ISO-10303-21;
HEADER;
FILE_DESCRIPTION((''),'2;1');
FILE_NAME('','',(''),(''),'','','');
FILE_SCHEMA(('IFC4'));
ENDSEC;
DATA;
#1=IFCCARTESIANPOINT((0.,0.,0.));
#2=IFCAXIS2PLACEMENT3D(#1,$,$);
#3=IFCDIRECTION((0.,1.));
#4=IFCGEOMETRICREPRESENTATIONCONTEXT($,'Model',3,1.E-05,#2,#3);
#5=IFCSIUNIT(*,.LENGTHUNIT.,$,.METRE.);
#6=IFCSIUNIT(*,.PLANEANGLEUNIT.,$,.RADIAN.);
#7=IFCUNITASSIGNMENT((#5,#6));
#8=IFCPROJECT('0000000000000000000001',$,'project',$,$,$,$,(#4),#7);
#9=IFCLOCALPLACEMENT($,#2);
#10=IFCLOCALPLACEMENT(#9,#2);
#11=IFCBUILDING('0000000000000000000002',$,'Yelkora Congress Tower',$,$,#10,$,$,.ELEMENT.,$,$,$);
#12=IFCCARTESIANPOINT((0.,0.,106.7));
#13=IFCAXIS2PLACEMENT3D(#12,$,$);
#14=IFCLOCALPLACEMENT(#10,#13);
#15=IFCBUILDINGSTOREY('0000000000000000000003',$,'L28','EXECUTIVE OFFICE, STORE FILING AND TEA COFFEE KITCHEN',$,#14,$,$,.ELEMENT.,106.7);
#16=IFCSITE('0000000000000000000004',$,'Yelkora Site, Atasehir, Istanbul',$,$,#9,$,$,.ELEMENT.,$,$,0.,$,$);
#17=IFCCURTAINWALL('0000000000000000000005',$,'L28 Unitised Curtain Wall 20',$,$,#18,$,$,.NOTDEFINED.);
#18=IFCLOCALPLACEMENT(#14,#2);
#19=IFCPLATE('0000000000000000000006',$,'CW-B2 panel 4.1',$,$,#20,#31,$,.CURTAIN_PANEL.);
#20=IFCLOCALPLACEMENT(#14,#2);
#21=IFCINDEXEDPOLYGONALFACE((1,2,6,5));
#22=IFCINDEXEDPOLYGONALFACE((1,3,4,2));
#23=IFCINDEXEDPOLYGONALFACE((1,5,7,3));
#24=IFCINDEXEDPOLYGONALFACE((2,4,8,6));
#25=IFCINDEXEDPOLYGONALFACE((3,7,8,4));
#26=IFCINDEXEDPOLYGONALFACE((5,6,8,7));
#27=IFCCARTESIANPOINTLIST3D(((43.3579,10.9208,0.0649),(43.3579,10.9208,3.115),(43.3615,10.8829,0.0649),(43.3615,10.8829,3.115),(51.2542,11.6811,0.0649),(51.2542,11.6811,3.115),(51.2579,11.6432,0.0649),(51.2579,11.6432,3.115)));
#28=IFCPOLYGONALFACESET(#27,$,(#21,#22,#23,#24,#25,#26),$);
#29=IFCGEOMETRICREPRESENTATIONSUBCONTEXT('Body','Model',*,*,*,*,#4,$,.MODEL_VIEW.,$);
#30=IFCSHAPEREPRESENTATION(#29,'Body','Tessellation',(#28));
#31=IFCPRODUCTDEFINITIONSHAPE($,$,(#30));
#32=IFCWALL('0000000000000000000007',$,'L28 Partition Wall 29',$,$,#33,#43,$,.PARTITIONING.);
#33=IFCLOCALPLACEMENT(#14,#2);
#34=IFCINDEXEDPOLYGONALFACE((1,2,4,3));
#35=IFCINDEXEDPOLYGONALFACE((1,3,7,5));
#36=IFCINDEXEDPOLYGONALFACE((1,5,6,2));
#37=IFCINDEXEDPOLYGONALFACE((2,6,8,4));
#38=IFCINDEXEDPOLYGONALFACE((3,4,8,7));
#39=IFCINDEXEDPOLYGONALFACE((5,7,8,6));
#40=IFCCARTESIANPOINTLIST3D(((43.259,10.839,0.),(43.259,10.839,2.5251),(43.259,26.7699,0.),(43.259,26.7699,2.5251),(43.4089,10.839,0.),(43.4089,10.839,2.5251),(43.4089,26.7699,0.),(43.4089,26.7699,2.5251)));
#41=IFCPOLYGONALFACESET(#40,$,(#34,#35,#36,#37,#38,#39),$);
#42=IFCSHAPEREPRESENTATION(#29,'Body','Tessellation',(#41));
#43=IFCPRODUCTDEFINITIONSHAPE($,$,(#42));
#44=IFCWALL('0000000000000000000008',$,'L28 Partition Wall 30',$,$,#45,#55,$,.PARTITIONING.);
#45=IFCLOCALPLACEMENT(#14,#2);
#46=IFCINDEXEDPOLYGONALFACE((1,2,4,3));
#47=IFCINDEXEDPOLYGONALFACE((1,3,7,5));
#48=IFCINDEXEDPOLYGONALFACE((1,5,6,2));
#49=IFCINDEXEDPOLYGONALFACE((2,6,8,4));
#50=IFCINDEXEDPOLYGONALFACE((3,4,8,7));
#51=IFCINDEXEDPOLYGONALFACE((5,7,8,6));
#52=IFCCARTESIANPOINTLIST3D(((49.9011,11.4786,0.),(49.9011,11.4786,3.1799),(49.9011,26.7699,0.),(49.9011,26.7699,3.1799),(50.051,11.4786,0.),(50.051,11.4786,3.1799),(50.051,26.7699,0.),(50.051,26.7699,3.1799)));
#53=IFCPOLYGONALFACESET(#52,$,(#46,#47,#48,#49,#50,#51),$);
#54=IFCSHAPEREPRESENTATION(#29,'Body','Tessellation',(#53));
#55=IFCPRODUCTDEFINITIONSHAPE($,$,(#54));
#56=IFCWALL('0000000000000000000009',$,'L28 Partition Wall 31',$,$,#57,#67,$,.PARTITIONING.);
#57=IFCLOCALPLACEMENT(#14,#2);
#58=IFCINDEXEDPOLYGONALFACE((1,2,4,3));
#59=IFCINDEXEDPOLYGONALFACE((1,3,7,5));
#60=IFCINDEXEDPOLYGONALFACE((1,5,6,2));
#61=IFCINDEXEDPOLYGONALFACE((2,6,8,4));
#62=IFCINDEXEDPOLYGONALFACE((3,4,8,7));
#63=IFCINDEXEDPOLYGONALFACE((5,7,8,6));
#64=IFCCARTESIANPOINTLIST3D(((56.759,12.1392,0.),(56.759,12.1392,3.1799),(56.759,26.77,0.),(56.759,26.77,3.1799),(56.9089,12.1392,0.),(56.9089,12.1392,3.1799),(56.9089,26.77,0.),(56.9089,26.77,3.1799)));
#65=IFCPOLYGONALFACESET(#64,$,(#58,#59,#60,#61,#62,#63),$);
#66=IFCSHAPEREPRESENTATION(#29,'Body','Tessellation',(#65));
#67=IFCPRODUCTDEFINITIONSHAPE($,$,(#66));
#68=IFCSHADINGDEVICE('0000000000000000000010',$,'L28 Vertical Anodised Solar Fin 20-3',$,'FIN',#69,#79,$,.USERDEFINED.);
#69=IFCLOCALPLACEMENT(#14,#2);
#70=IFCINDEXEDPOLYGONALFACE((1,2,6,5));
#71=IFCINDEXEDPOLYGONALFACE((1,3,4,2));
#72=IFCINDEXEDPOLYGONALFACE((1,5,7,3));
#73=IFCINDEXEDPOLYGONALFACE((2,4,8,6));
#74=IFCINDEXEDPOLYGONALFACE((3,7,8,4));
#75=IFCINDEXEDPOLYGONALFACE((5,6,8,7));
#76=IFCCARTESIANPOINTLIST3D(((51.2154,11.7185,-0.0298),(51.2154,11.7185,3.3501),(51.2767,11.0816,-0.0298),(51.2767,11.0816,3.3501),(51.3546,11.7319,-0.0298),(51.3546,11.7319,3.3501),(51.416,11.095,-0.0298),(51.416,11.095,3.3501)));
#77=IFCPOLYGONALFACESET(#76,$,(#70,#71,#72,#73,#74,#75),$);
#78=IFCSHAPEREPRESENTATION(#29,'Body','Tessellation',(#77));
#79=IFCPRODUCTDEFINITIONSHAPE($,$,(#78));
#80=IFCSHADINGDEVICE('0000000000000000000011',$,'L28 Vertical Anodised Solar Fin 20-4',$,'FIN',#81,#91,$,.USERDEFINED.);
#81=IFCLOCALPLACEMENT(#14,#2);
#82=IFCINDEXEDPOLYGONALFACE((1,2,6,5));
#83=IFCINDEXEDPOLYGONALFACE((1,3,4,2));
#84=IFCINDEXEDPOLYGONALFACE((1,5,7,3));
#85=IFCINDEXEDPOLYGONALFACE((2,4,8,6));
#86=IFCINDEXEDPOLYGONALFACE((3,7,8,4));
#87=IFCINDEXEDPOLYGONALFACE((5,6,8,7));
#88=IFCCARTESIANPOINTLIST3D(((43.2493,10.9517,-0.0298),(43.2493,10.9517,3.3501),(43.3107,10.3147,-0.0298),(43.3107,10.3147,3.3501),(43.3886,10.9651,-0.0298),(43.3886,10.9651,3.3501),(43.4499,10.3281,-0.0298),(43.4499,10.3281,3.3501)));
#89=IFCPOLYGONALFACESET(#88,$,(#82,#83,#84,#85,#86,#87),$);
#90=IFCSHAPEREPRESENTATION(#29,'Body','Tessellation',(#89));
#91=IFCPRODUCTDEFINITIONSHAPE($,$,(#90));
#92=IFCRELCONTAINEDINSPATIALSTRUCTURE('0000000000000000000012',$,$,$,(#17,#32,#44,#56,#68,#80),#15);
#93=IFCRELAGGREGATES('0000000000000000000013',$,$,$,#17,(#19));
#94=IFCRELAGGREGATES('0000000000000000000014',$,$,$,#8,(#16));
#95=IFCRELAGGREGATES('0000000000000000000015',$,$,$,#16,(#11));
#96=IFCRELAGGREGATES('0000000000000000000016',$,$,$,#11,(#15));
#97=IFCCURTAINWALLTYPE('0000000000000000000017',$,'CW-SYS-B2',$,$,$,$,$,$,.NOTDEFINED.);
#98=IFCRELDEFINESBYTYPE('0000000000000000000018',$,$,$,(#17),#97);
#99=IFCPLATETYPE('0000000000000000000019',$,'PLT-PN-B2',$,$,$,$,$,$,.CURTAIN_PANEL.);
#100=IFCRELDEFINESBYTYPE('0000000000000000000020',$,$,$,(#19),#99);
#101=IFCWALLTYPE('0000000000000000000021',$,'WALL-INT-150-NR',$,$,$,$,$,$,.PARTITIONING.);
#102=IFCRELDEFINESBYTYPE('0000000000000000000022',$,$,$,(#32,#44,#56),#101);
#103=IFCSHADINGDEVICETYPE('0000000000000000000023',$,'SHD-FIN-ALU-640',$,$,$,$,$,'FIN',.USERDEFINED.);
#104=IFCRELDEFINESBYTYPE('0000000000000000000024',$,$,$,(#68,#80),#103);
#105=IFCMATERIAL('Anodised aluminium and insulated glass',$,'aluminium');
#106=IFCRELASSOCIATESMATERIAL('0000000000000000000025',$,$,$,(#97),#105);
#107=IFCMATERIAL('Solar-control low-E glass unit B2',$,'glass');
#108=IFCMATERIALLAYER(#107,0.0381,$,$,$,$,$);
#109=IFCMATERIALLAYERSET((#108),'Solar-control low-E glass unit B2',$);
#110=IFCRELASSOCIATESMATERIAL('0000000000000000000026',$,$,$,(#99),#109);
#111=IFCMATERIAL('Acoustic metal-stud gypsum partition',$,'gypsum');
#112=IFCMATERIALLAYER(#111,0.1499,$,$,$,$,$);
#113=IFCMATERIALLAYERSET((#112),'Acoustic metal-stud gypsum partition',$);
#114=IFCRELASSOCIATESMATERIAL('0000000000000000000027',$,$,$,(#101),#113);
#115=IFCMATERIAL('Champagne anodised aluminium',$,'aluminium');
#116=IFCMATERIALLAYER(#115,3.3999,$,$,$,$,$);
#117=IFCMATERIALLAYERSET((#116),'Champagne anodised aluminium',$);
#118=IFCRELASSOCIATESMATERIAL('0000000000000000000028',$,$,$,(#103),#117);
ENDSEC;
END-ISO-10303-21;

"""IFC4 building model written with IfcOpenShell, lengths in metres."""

from ifc_helpers import new_model, si_unit, direction, frame, frame_2d, origin, origin_2d, place, context, subcontext, project, spatial, rectangle, extrude, material, layer, layer_set, type_object, element, aggregate, save


model = new_model("IFC4")

# Units and contexts
model_context = context("Model", 3, precision=1e-05, world=origin(), true_north=direction((0.0, 1.0)))
body_context = subcontext(model_context, "Body", "Model", "MODEL_VIEW")
ifc_project = project(units=[si_unit("LENGTHUNIT", "METRE"), si_unit("PLANEANGLEUNIT", "RADIAN")], contexts=[model_context])

# Site, building, storey
site_placement = place(None, origin())
site = spatial("IfcSite", under=ifc_project, at=site_placement, Name="Yelkora Site, Atasehir, Istanbul", CompositionType="ELEMENT", RefElevation=0.0)
building_placement = place(site_placement, origin())
building = spatial("IfcBuilding", under=site, at=building_placement, Name="Yelkora Congress Tower", CompositionType="ELEMENT")
storey_placement = place(building_placement, frame((0.0, 0.0, 106.7)))
storey = spatial("IfcBuildingStorey", under=building, at=storey_placement, Name="L28", Description="EXECUTIVE OFFICE, STORE FILING AND TEA COFFEE KITCHEN", CompositionType="ELEMENT", Elevation=106.7)

# Curtain wall, plate
ifc_material_1 = material(Name="Anodised aluminium and insulated glass", Category="aluminium")
curtain_wall_type = type_object("IfcCurtainWallType", Name="CW-SYS-B2", PredefinedType="NOTDEFINED", material=ifc_material_1)
curtain_wall_placement = place(storey_placement, origin())
curtain_wall = element("IfcCurtainWall", 1, at=curtain_wall_placement, inside=storey, type_object=curtain_wall_type, Name="L28 Unitised Curtain Wall 20", PredefinedType="NOTDEFINED")
ifc_material_2 = material(Name="Solar-control low-E glass unit B2", Category="glass")
ifc_layer_1 = layer(ifc_material_2, 0.0381)
ifc_layer_set_1 = layer_set([ifc_layer_1], Name="Solar-control low-E glass unit B2")
plate_type = type_object("IfcPlateType", Name="PLT-PN-B2", PredefinedType="CURTAIN_PANEL", material=ifc_layer_set_1)
plate_1_placement = place(storey_placement, frame((47.3079, 11.282, 0.0649), z_axis=(0.0, 0.0, 1.0), x_axis=(-0.995396, -0.095844, 0.0)))
plate_1 = element("IfcPlate", 2, at=plate_1_placement, type_object=plate_type, Name="CW-B2 panel 4.1", PredefinedType="CURTAIN_PANEL", context=body_context, shape_type="SweptSolid", body=[
    extrude(rectangle(XDim=7.9329, YDim=0.0381, at=origin_2d()), origin(), (0.0, 0.0, 1.0), 3.05),
])
aggregate(curtain_wall, [plate_1])

# Walls
ifc_material_3 = material(Name="Acoustic metal-stud gypsum partition", Category="gypsum")
ifc_layer_2 = layer(ifc_material_3, 0.1499)
ifc_layer_set_2 = layer_set([ifc_layer_2], Name="Acoustic metal-stud gypsum partition")
wall_type = type_object("IfcWallType", Name="WALL-INT-150-NR", PredefinedType="PARTITIONING", material=ifc_layer_set_2)
wall_1_placement = place(storey_placement, frame((43.334, 10.8391, 0.0), z_axis=(0.0, 0.0, 1.0), x_axis=(0.0, 1.0, 0.0)))
element("IfcWall", 3, at=wall_1_placement, inside=storey, type_object=wall_type, Name="L28 Partition Wall 29", PredefinedType="PARTITIONING", context=body_context, shape_type="SweptSolid", body=[
    extrude(rectangle(XDim=15.9309, YDim=0.1499, at=frame_2d((7.9653, 0.0))), origin(), (0.0, 0.0, 1.0), 2.5251),
])
wall_2_placement = place(storey_placement, frame((49.9761, 11.4788, 0.0), z_axis=(0.0, 0.0, 1.0), x_axis=(0.0, 1.0, 0.0)))
element("IfcWall", 4, at=wall_2_placement, inside=storey, type_object=wall_type, Name="L28 Partition Wall 30", PredefinedType="PARTITIONING", context=body_context, shape_type="SweptSolid", body=[
    extrude(rectangle(XDim=15.2913, YDim=0.1499, at=frame_2d((7.6455, 0.0))), origin(), (0.0, 0.0, 1.0), 3.1799),
])
wall_3_placement = place(storey_placement, frame((56.834, 12.1392, 0.0), z_axis=(0.0, 0.0, 1.0), x_axis=(0.0, 1.0, 0.0)))
element("IfcWall", 5, at=wall_3_placement, inside=storey, type_object=wall_type, Name="L28 Partition Wall 31", PredefinedType="PARTITIONING", context=body_context, shape_type="SweptSolid", body=[
    extrude(rectangle(XDim=14.6309, YDim=0.1499, at=frame_2d((7.3154, 0.0))), origin(), (0.0, 0.0, 1.0), 3.1799),
])

# Shading devices
ifc_material_4 = material(Name="Champagne anodised aluminium", Category="aluminium")
ifc_layer_3 = layer(ifc_material_4, 3.3999)
ifc_layer_set_3 = layer_set([ifc_layer_3], Name="Champagne anodised aluminium")
shading_device_type = type_object("IfcShadingDeviceType", Name="SHD-FIN-ALU-640", ElementType="FIN", PredefinedType="USERDEFINED", material=ifc_layer_set_3)
for number, where, z_axis, x_axis, name in (
    (6, (51.3157, 11.4067, -0.0298), (0.0, 0.0, 1.0), (-0.995396, -0.095846, 0.0), "L28 Vertical Anodised Solar Fin 20-3"),
    (7, (43.3496, 10.6399, -0.0298), (0.0, 0.0, 1.0), (-0.995396, -0.095846, 0.0), "L28 Vertical Anodised Solar Fin 20-4"),
):
    element("IfcShadingDevice", number, at=place(storey_placement, frame(where, z_axis=z_axis, x_axis=x_axis)), inside=storey, type_object=shading_device_type, Name=name, ObjectType="FIN", PredefinedType="USERDEFINED", context=body_context, shape_type="SweptSolid", body=[
        extrude(rectangle(XDim=0.1399, YDim=0.6399, at=origin_2d()), origin(), (0.0, 0.0, 1.0), 3.3799),
    ])

save(model, "model.ifc")
